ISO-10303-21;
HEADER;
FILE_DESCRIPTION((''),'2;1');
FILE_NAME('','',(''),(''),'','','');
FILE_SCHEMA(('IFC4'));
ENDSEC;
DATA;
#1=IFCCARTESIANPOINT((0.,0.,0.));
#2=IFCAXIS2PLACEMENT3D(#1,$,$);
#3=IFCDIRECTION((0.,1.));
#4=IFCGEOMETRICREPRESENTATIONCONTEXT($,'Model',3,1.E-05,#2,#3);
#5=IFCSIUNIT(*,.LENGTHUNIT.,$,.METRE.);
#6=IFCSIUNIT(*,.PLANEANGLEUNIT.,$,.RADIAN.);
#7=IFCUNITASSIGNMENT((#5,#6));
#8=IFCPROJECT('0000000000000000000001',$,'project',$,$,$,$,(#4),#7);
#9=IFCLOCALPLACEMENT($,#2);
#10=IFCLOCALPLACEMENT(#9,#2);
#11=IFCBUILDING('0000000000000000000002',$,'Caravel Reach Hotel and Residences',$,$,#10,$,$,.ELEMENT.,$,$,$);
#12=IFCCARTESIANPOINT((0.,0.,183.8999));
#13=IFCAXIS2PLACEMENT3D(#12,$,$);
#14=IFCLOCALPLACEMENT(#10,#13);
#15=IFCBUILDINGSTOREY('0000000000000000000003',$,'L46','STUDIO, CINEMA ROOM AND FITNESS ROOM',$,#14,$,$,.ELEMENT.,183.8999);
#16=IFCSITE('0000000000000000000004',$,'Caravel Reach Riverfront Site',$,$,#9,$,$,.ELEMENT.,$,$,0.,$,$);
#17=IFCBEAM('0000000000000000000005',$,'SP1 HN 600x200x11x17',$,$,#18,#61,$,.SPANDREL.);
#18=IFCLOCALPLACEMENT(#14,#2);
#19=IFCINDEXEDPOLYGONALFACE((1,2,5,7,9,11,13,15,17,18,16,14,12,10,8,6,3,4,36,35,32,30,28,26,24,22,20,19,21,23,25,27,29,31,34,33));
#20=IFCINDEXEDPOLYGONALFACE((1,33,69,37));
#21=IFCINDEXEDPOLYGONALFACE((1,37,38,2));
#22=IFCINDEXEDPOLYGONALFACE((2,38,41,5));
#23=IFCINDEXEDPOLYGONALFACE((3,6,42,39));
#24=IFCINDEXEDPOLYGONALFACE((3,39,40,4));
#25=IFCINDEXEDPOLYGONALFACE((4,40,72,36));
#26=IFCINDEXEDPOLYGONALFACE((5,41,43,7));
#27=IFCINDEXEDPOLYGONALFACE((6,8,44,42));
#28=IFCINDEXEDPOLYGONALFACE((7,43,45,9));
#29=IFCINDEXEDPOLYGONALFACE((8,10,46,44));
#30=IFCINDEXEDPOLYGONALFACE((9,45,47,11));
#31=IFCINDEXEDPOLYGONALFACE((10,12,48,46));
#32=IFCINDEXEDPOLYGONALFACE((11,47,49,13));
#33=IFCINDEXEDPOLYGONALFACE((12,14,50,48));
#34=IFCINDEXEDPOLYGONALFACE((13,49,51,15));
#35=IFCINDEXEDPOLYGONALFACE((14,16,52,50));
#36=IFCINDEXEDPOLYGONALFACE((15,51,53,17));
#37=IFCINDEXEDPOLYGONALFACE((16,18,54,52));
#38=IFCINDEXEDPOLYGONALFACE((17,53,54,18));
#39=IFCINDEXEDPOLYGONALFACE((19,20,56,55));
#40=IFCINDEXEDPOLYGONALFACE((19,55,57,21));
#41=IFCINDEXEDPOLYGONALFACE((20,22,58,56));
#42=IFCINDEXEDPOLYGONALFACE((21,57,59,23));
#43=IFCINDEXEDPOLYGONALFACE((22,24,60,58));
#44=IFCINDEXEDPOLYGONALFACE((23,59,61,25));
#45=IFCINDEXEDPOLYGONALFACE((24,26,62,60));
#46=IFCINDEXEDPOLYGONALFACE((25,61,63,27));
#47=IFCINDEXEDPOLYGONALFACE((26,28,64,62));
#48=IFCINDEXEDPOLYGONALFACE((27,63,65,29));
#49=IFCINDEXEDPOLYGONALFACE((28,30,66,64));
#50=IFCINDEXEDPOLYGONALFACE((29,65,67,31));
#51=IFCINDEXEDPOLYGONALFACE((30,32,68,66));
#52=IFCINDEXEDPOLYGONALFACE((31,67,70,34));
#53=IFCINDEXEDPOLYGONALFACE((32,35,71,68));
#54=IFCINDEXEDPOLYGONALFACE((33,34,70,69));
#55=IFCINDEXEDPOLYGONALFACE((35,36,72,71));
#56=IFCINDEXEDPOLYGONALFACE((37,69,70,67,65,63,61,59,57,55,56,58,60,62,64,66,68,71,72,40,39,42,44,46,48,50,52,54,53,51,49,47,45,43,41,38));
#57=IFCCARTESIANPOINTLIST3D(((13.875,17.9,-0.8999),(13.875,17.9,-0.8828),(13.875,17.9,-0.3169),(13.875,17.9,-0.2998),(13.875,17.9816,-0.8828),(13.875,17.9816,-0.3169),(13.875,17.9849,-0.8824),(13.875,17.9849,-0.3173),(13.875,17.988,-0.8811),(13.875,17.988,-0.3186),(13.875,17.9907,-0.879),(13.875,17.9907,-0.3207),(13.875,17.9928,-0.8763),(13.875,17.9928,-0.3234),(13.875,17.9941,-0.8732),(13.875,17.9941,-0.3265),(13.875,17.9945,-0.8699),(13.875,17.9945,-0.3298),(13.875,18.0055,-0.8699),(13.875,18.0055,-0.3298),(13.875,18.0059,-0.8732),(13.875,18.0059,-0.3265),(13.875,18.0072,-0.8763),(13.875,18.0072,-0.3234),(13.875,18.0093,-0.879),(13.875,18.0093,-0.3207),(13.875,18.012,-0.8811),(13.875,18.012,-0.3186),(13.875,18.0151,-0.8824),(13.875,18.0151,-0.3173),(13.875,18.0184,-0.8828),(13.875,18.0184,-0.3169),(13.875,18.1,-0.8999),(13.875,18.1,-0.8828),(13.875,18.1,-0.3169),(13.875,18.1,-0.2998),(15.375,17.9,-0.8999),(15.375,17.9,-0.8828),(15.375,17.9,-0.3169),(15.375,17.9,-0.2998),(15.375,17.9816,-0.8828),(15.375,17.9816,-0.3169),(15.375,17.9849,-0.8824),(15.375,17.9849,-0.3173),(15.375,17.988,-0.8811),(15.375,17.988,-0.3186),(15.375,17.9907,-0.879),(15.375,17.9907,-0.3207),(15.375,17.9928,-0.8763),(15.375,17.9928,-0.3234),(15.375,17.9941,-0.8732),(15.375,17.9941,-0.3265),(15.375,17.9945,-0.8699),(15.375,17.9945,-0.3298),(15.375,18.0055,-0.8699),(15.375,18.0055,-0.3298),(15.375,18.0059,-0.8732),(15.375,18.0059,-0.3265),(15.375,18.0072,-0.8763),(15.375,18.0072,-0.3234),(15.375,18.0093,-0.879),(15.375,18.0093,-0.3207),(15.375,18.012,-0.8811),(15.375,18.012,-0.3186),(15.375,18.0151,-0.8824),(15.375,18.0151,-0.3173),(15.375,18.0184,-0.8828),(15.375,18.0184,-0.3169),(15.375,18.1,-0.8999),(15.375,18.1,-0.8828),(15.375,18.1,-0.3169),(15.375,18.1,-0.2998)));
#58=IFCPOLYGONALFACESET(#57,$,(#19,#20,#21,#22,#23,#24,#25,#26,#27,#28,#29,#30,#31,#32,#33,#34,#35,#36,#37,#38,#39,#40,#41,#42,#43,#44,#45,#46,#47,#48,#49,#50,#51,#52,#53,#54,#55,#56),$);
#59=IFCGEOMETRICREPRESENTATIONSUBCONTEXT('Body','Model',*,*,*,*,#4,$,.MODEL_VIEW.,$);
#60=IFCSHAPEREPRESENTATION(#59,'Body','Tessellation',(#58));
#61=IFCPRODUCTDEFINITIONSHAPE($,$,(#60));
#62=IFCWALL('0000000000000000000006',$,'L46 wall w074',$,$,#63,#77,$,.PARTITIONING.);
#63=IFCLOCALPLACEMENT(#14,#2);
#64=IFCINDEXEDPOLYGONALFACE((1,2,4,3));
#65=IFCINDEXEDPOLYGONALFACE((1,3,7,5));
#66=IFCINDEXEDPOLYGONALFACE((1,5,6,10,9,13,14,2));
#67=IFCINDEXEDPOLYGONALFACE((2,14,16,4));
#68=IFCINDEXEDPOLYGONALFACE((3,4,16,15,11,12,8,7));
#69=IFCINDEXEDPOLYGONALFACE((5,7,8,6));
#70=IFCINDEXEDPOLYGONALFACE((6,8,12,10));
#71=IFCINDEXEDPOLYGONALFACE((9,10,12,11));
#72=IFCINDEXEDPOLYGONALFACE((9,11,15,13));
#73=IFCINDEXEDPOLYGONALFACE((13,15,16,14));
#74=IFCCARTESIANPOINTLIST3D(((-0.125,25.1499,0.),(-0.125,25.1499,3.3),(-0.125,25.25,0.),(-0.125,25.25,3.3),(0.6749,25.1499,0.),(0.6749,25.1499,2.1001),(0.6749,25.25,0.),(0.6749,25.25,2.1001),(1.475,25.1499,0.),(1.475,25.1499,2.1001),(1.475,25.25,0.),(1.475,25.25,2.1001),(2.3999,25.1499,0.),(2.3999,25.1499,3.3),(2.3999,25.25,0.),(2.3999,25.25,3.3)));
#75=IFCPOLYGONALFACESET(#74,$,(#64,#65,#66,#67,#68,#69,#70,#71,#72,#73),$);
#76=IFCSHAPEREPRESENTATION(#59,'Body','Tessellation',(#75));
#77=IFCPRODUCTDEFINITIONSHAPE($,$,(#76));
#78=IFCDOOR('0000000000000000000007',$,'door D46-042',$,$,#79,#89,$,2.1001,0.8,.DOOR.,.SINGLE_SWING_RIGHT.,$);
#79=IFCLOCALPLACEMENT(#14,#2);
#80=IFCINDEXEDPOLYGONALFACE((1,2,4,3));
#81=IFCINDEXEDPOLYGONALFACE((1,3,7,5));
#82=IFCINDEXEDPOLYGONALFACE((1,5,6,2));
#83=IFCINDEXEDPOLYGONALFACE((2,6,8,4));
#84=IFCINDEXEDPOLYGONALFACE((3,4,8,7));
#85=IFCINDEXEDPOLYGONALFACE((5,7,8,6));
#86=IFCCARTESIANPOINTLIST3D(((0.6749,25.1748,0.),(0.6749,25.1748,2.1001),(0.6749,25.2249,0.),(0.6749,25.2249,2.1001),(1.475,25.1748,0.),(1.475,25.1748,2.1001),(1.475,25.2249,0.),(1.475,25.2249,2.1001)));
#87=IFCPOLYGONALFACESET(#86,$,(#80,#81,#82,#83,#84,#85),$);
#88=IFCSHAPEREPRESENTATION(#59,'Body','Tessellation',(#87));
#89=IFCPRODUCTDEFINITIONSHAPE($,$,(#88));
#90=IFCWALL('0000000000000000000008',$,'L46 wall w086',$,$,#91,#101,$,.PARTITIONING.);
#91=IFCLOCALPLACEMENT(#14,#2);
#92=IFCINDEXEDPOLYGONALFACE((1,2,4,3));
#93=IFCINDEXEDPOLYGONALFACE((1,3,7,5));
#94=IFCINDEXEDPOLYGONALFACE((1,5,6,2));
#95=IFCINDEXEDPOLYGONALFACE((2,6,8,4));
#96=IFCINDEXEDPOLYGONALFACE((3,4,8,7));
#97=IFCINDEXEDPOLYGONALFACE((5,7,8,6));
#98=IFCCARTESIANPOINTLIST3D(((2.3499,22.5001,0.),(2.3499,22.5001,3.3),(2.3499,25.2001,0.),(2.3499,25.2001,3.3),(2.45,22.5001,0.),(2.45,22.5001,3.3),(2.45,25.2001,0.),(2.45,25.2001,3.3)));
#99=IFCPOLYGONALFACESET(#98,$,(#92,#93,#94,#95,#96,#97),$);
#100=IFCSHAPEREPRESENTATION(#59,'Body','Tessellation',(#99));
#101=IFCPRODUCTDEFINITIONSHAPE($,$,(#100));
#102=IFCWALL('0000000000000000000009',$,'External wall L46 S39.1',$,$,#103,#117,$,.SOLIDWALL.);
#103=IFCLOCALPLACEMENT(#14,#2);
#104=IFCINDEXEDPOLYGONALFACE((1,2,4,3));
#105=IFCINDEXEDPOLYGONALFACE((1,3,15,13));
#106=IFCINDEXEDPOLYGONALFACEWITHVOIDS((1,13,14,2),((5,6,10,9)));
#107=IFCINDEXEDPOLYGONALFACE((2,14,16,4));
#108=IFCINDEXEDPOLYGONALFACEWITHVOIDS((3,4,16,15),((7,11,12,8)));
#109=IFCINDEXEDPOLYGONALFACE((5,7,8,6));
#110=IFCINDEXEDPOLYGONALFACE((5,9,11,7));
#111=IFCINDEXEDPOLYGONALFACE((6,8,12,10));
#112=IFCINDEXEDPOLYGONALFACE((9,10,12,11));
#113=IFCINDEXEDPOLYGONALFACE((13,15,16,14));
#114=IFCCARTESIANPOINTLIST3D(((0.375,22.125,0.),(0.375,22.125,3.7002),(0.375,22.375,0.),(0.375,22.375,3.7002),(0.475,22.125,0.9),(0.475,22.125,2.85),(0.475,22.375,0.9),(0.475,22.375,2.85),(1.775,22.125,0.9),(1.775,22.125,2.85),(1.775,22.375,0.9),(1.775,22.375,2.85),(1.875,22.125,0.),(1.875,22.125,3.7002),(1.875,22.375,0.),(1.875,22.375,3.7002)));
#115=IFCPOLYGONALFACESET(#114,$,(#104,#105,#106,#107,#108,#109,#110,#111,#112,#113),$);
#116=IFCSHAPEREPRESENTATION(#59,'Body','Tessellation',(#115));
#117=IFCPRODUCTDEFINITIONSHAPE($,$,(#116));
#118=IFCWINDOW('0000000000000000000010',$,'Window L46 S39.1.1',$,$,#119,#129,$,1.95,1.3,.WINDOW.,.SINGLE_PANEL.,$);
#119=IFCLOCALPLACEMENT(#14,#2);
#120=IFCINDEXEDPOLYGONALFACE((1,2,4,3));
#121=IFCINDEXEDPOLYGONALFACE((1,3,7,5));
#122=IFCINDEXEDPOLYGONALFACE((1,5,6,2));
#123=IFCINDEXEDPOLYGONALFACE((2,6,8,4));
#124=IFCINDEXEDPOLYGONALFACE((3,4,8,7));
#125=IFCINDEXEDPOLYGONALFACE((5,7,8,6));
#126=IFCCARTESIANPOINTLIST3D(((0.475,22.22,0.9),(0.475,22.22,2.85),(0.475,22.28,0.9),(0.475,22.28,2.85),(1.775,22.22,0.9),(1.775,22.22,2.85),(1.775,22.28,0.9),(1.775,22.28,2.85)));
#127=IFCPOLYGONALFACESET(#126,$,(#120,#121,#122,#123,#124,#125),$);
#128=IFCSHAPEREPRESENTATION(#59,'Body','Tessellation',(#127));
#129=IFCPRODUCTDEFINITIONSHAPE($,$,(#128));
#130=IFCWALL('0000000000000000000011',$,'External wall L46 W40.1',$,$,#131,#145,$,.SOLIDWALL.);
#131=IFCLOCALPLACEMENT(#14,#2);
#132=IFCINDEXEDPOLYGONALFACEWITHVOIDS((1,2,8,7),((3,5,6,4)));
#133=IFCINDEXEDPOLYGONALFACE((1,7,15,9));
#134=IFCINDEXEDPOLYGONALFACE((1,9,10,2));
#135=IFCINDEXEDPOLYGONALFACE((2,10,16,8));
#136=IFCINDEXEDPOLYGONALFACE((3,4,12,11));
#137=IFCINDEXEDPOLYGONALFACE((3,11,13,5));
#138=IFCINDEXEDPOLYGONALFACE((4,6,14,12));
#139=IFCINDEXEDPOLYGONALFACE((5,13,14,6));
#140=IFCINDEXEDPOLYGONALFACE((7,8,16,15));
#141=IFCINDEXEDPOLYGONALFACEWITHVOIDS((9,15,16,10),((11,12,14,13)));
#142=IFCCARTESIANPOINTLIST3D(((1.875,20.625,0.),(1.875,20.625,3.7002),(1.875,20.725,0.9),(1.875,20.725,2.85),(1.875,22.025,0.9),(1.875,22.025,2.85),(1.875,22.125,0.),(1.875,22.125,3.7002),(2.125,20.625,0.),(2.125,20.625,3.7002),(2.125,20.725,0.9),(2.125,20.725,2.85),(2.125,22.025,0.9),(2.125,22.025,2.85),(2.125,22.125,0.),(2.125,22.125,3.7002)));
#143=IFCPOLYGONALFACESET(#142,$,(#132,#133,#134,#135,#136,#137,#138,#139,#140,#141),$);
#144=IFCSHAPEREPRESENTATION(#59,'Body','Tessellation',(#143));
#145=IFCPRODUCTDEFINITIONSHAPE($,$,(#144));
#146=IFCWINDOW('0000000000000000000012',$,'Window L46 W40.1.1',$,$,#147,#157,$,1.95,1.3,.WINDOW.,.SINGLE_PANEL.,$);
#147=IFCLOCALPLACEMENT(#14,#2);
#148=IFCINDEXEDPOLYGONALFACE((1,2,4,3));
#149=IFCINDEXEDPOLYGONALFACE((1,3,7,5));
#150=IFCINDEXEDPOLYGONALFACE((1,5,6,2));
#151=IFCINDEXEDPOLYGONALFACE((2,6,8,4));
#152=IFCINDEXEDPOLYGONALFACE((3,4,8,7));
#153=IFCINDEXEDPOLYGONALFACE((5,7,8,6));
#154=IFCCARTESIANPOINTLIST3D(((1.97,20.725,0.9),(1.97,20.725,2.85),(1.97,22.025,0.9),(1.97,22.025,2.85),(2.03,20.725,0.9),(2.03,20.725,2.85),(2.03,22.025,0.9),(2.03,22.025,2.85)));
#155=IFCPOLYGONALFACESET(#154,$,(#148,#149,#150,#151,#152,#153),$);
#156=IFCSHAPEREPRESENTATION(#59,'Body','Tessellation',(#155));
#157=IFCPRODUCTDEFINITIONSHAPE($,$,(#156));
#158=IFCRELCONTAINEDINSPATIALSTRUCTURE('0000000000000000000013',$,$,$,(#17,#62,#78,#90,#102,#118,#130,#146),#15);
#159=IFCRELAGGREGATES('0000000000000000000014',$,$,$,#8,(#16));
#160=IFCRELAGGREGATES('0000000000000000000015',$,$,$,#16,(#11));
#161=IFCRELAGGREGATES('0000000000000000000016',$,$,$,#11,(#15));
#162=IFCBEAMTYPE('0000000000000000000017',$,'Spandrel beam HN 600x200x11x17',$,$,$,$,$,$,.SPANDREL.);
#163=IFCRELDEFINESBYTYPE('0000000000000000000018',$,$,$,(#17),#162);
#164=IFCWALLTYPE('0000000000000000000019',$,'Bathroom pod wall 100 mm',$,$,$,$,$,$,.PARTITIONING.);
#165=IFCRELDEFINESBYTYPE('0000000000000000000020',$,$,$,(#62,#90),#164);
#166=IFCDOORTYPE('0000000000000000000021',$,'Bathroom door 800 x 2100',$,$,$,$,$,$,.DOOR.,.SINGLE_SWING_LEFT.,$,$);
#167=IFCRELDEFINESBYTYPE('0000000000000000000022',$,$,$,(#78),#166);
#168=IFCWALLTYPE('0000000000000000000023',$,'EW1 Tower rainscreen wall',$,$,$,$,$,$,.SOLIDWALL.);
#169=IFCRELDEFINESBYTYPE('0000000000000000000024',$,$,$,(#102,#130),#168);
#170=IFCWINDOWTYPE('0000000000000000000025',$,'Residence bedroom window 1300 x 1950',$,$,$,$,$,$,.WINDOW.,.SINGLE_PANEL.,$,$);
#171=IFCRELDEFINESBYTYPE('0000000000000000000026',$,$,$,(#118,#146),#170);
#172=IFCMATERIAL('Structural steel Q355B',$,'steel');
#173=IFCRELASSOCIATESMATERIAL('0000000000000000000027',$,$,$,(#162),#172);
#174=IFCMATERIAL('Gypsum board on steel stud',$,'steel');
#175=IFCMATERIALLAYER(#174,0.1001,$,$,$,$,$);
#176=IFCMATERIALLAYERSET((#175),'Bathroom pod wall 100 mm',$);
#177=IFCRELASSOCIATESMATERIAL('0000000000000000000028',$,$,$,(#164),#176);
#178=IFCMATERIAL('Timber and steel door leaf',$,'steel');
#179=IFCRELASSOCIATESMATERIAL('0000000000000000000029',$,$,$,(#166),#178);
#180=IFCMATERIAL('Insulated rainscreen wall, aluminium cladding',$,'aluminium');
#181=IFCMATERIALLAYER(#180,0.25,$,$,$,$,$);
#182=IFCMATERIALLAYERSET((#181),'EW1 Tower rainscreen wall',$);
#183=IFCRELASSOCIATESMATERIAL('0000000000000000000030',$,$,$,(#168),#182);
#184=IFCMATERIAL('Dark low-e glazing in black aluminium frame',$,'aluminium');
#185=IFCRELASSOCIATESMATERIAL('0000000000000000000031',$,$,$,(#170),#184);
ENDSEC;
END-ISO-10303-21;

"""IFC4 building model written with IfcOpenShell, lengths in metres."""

from ifc_helpers import new_model, si_unit, direction, frame, frame_2d, origin, origin_2d, place, context, subcontext, project, spatial, rectangle, i_section, extrude, material, layer, layer_set, material_profile, profile_set, type_object, element, fill, save


model = new_model("IFC4")

# Units and contexts
model_context = context("Model", 3, precision=1e-05, world=origin(), true_north=direction((0.0, 1.0)))
body_context = subcontext(model_context, "Body", "Model", "MODEL_VIEW")
ifc_project = project(units=[si_unit("LENGTHUNIT", "METRE"), si_unit("PLANEANGLEUNIT", "RADIAN")], contexts=[model_context])

# Site, building, storey
site_placement = place(None, origin())
site = spatial("IfcSite", under=ifc_project, at=site_placement, Name="Caravel Reach Riverfront Site", CompositionType="ELEMENT", RefElevation=0.0)
building_placement = place(site_placement, origin())
building = spatial("IfcBuilding", under=site, at=building_placement, Name="Caravel Reach Hotel and Residences", CompositionType="ELEMENT")
storey_placement = place(building_placement, frame((0.0, 0.0, 183.8999)))
storey = spatial("IfcBuildingStorey", under=building, at=storey_placement, Name="L46", Description="STUDIO, CINEMA ROOM AND FITNESS ROOM", CompositionType="ELEMENT", Elevation=183.8999)

# Beam
ifc_material_1 = material(Name="Structural steel Q355B", Category="steel")
ifc_material_profile_1 = material_profile(ifc_material_1, i_section(OverallWidth=0.2, OverallDepth=0.6001, WebThickness=0.011, FlangeThickness=0.0171, FilletRadius=0.0129, at=origin_2d()), Name="HN 600x200x11x17")
ifc_profile_set_1 = profile_set([ifc_material_profile_1], Name="Structural steel Q355B")
beam_type_1 = type_object("IfcBeamType", Name="Spandrel beam HN 600x200x11x17", PredefinedType="SPANDREL", material=ifc_profile_set_1)
for number, where, z_axis, x_axis, name in (
    (1, (13.875, 18.0, -0.5999), (1.0, 0.0, 0.0), (0.0, 1.0, 0.0), "SP1 HN 600x200x11x17"),
):
    element("IfcBeam", number, at=place(storey_placement, frame(where, z_axis=z_axis, x_axis=x_axis)), inside=storey, type_object=beam_type_1, Name=name, PredefinedType="SPANDREL", context=body_context, shape_type="SweptSolid", body=[
        extrude(i_section(OverallWidth=0.2, OverallDepth=0.6001, WebThickness=0.011, FlangeThickness=0.0171, FilletRadius=0.0129, at=origin_2d()), origin(), (0.0, 0.0, 1.0), 1.5),
    ])

# Wall, opening, door
ifc_material_2 = material(Name="Gypsum board on steel stud", Category="steel")
ifc_layer_1 = layer(ifc_material_2, 0.1001)
ifc_layer_set_1 = layer_set([ifc_layer_1], Name="Bathroom pod wall 100 mm")
wall_type_1 = type_object("IfcWallType", Name="Bathroom pod wall 100 mm", PredefinedType="PARTITIONING", material=ifc_layer_set_1)
wall_1_placement = place(storey_placement, frame((-0.125, 25.2, 0.0), z_axis=(0.0, 0.0, 1.0), x_axis=(1.0, 0.0, 0.0)))
wall_1 = element("IfcWall", 2, at=wall_1_placement, inside=storey, type_object=wall_type_1, Name="L46 wall w074", PredefinedType="PARTITIONING", context=body_context, shape_type="SweptSolid", body=[
    extrude(rectangle(XDim=2.5249, YDim=0.1001, at=frame_2d((1.2625, 0.0))), origin(), (0.0, 0.0, 1.0), 3.3),
])
opening_1_placement = place(wall_1_placement, frame((0.8, 0.0, 0.0)))
opening_1 = element("IfcOpeningElement", 3, at=opening_1_placement, cuts=wall_1, PredefinedType="OPENING", context=body_context, shape_type="SweptSolid", body=[
    extrude(rectangle(XDim=0.8, YDim=2.1001, at=frame_2d((0.3999, 1.05))), frame((0.0, 0.0601, 0.0), z_axis=(0.0, -1.0, 0.0), x_axis=(1.0, 0.0, 0.0)), (0.0, 0.0, 1.0), 0.1201),
])
ifc_material_3 = material(Name="Timber and steel door leaf", Category="steel")
door_type = type_object("IfcDoorType", Name="Bathroom door 800 x 2100", OperationType="SINGLE_SWING_LEFT", PredefinedType="DOOR", material=ifc_material_3)
door_placement = place(opening_1_placement, origin())
door = element("IfcDoor", 4, at=door_placement, inside=storey, type_object=door_type, Name="door D46-042", OperationType="SINGLE_SWING_RIGHT", OverallHeight=2.1001, OverallWidth=0.8, PredefinedType="DOOR", context=body_context, shape_type="SweptSolid", body=[
    extrude(rectangle(XDim=0.8, YDim=2.1001, at=frame_2d((0.3999, 1.05))), frame((0.0, 0.0249, 0.0), z_axis=(0.0, -1.0, 0.0), x_axis=(1.0, 0.0, 0.0)), (0.0, 0.0, 1.0), 0.05),
])
fill(opening_1, door)

# Wall
wall_2_placement = place(storey_placement, frame((2.3999, 22.5, 0.0), z_axis=(0.0, 0.0, 1.0), x_axis=(0.0, 1.0, 0.0)))
element("IfcWall", 5, at=wall_2_placement, inside=storey, type_object=wall_type_1, Name="L46 wall w086", PredefinedType="PARTITIONING", context=body_context, shape_type="SweptSolid", body=[
    extrude(rectangle(XDim=2.7, YDim=0.1001, at=frame_2d((1.3501, 0.0))), origin(), (0.0, 0.0, 1.0), 3.3),
])

# Walls, openings, windows
ifc_material_4 = material(Name="Insulated rainscreen wall, aluminium cladding", Category="aluminium")
ifc_layer_2 = layer(ifc_material_4, 0.25)
ifc_layer_set_2 = layer_set([ifc_layer_2], Name="EW1 Tower rainscreen wall")
wall_type_2 = type_object("IfcWallType", Name="EW1 Tower rainscreen wall", PredefinedType="SOLIDWALL", material=ifc_layer_set_2)
wall_3_placement = place(storey_placement, frame((0.375, 22.25, 0.0), z_axis=(0.0, 0.0, 1.0), x_axis=(1.0, 0.0, 0.0)))
wall_3 = element("IfcWall", 6, at=wall_3_placement, inside=storey, type_object=wall_type_2, Name="External wall L46 S39.1", PredefinedType="SOLIDWALL", context=body_context, shape_type="SweptSolid", body=[
    extrude(rectangle(XDim=1.5, YDim=0.25, at=frame_2d((0.75, 0.0))), origin(), (0.0, 0.0, 1.0), 3.7002),
])
opening_2_placement = place(wall_3_placement, frame((0.1001, 0.0, 0.8999)))
opening_2 = element("IfcOpeningElement", 7, at=opening_2_placement, cuts=wall_3, PredefinedType="OPENING", context=body_context, shape_type="SweptSolid", body=[
    extrude(rectangle(XDim=1.3, YDim=1.95, at=frame_2d((0.6499, 0.9751))), frame((0.0, 0.135, 0.0), z_axis=(0.0, -1.0, 0.0), x_axis=(1.0, 0.0, 0.0)), (0.0, 0.0, 1.0), 0.27),
])
ifc_material_5 = material(Name="Dark low-e glazing in black aluminium frame", Category="aluminium")
window_type = type_object("IfcWindowType", Name="Residence bedroom window 1300 x 1950", PartitioningType="SINGLE_PANEL", PredefinedType="WINDOW", material=ifc_material_5)
window_1_placement = place(opening_2_placement, origin())
window_1 = element("IfcWindow", 8, at=window_1_placement, inside=storey, type_object=window_type, Name="Window L46 S39.1.1", OverallHeight=1.95, OverallWidth=1.3, PartitioningType="SINGLE_PANEL", PredefinedType="WINDOW", context=body_context, shape_type="SweptSolid", body=[
    extrude(rectangle(XDim=1.3, YDim=1.95, at=frame_2d((0.6499, 0.9751))), frame((0.0, 0.03, 0.0), z_axis=(0.0, -1.0, 0.0), x_axis=(1.0, 0.0, 0.0)), (0.0, 0.0, 1.0), 0.0601),
])
fill(opening_2, window_1)
wall_4_placement = place(storey_placement, frame((2.0, 22.125, 0.0), z_axis=(0.0, 0.0, 1.0), x_axis=(0.0, -1.0, 0.0)))
wall_4 = element("IfcWall", 9, at=wall_4_placement, inside=storey, type_object=wall_type_2, Name="External wall L46 W40.1", PredefinedType="SOLIDWALL", context=body_context, shape_type="SweptSolid", body=[
    extrude(rectangle(XDim=1.5, YDim=0.25, at=frame_2d((0.75, 0.0))), origin(), (0.0, 0.0, 1.0), 3.7002),
])
opening_3_placement = place(wall_4_placement, frame((0.1001, 0.0, 0.8999)))
opening_3 = element("IfcOpeningElement", 10, at=opening_3_placement, cuts=wall_4, PredefinedType="OPENING", context=body_context, shape_type="SweptSolid", body=[
    extrude(rectangle(XDim=1.3, YDim=1.95, at=frame_2d((0.6499, 0.9751))), frame((0.0, 0.135, 0.0), z_axis=(0.0, -1.0, 0.0), x_axis=(1.0, 0.0, 0.0)), (0.0, 0.0, 1.0), 0.27),
])
window_2_placement = place(opening_3_placement, origin())
window_2 = element("IfcWindow", 11, at=window_2_placement, inside=storey, type_object=window_type, Name="Window L46 W40.1.1", OverallHeight=1.95, OverallWidth=1.3, PartitioningType="SINGLE_PANEL", PredefinedType="WINDOW", context=body_context, shape_type="SweptSolid", body=[
    extrude(rectangle(XDim=1.3, YDim=1.95, at=frame_2d((0.6499, 0.9751))), frame((0.0, 0.03, 0.0), z_axis=(0.0, -1.0, 0.0), x_axis=(1.0, 0.0, 0.0)), (0.0, 0.0, 1.0), 0.0601),
])
fill(opening_3, window_2)

save(model, "model.ifc")
